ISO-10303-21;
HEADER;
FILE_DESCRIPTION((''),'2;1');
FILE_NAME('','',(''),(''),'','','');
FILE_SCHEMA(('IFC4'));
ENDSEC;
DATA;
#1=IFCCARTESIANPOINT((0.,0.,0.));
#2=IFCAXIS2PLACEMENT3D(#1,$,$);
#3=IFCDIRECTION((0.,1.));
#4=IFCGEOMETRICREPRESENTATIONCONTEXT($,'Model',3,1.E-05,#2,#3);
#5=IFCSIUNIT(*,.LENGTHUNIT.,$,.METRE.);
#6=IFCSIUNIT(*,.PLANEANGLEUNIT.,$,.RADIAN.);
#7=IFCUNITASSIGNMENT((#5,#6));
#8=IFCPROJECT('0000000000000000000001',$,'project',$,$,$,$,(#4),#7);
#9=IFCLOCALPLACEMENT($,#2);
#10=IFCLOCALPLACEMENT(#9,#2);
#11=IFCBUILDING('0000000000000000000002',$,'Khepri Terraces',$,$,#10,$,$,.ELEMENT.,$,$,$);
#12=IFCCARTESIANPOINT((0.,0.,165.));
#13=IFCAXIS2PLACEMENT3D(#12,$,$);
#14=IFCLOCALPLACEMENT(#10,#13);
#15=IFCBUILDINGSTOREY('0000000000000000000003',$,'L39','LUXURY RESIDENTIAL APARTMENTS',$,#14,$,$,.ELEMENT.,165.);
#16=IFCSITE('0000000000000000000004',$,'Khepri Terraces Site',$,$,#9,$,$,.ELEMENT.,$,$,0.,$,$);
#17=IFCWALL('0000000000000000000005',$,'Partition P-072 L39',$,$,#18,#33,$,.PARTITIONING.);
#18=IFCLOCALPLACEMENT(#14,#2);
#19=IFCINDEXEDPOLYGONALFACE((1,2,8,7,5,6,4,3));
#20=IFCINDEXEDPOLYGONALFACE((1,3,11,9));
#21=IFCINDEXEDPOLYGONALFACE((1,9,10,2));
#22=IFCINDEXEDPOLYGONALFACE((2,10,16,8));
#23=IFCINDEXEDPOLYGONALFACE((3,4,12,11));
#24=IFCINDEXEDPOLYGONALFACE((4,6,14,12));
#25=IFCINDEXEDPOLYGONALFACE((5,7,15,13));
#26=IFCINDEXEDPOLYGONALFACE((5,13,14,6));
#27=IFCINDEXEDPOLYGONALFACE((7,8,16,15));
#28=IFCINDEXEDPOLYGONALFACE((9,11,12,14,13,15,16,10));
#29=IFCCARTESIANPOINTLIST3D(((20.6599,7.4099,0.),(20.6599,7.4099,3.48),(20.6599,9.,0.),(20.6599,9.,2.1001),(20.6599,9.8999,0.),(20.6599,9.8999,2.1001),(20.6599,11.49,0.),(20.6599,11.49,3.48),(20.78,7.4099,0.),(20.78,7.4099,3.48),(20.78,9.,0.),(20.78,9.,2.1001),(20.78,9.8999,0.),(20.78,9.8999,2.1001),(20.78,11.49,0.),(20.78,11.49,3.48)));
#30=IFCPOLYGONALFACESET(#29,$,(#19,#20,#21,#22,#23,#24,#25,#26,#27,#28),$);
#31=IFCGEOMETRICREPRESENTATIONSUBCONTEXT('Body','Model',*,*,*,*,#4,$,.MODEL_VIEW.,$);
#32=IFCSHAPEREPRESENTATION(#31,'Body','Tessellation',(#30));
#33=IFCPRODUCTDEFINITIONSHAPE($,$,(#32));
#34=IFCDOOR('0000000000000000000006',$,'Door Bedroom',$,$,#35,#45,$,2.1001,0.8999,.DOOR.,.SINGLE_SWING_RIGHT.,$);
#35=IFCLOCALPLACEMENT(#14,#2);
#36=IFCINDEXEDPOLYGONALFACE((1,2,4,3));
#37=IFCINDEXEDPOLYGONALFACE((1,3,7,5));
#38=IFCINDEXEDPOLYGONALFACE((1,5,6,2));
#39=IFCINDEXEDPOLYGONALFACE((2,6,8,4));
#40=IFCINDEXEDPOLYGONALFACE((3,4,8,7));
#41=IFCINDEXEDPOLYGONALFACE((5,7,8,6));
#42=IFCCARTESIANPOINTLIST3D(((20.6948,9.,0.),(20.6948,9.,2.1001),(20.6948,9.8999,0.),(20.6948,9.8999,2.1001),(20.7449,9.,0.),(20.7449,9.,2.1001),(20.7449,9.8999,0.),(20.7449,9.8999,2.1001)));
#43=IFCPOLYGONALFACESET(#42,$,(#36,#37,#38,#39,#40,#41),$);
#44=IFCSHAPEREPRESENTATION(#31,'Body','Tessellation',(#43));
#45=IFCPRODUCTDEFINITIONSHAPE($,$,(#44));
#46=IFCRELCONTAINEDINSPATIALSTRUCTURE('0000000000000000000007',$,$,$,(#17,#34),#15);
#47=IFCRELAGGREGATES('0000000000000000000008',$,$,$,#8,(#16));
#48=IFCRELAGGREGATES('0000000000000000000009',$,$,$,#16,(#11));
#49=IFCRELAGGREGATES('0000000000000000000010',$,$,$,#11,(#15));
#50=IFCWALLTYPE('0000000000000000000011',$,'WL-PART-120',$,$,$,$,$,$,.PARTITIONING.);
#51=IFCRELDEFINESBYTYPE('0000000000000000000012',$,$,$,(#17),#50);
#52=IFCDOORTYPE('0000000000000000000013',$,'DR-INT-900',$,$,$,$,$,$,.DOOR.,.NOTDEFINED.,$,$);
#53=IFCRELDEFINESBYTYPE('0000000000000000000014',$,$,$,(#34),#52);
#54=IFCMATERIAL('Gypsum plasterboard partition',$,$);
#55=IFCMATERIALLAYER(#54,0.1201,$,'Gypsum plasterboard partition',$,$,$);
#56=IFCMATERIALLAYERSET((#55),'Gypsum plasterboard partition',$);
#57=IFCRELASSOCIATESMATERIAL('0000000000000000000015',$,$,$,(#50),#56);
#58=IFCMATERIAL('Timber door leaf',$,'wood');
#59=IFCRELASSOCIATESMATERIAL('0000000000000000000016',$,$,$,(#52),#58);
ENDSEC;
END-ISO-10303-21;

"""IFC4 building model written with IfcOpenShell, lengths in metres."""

from ifc_helpers import new_model, si_unit, direction, frame, frame_2d, origin, place, context, subcontext, project, spatial, rectangle, extrude, material, layer, layer_set, type_object, element, fill, save


model = new_model("IFC4")

# Units and contexts
model_context = context("Model", 3, precision=1e-05, world=origin(), true_north=direction((0.0, 1.0)))
body_context = subcontext(model_context, "Body", "Model", "MODEL_VIEW")
ifc_project = project(units=[si_unit("LENGTHUNIT", "METRE"), si_unit("PLANEANGLEUNIT", "RADIAN")], contexts=[model_context])

# Site, building, storey
site_placement = place(None, origin())
site = spatial("IfcSite", under=ifc_project, at=site_placement, Name="Khepri Terraces Site", CompositionType="ELEMENT", RefElevation=0.0)
building_placement = place(site_placement, origin())
building = spatial("IfcBuilding", under=site, at=building_placement, Name="Khepri Terraces", CompositionType="ELEMENT")
storey_placement = place(building_placement, frame((0.0, 0.0, 165.0)))
storey = spatial("IfcBuildingStorey", under=building, at=storey_placement, Name="L39", Description="LUXURY RESIDENTIAL APARTMENTS", CompositionType="ELEMENT", Elevation=165.0)

# Shared definitions
ifc_material_1 = material(Name="Gypsum plasterboard partition")
ifc_layer_1 = layer(ifc_material_1, 0.1201, Name="Gypsum plasterboard partition")
ifc_layer_set_1 = layer_set([ifc_layer_1], Name="Gypsum plasterboard partition")
wall_type_1 = type_object("IfcWallType", Name="WL-PART-120", PredefinedType="PARTITIONING", material=ifc_layer_set_1)

# Wall, opening, door
wall_1_placement = place(storey_placement, frame((20.72, 7.4099, 0.0), z_axis=(0.0, 0.0, 1.0), x_axis=(0.0, 1.0, 0.0)))
wall_1 = element("IfcWall", 1, at=wall_1_placement, inside=storey, type_object=wall_type_1, Name="Partition P-072 L39", PredefinedType="PARTITIONING", context=body_context, shape_type="SweptSolid", body=[
    extrude(rectangle(XDim=4.0801, YDim=0.1201, at=frame_2d((2.04, 0.0))), origin(), (0.0, 0.0, 1.0), 3.48),
])
opening_1_placement = place(wall_1_placement, frame((1.5901, 0.0, 0.0)))
opening_1 = element("IfcOpeningElement", 2, at=opening_1_placement, cuts=wall_1, PredefinedType="OPENING", context=body_context, shape_type="SweptSolid", body=[
    extrude(rectangle(XDim=0.8999, YDim=2.1001, at=frame_2d((0.45, 1.05))), frame((0.0, 0.0701, 0.0), z_axis=(0.0, -1.0, 0.0), x_axis=(1.0, 0.0, 0.0)), (0.0, 0.0, 1.0), 0.1401),
])
ifc_material_2 = material(Name="Timber door leaf", Category="wood")
door_type_1 = type_object("IfcDoorType", Name="DR-INT-900", OperationType="NOTDEFINED", PredefinedType="DOOR", material=ifc_material_2)
door_1_placement = place(opening_1_placement, frame((0.8999, 0.0, 0.0), z_axis=(0.0, 0.0, 1.0), x_axis=(-1.0, 0.0, 0.0)))
door_1 = element("IfcDoor", 3, at=door_1_placement, inside=storey, type_object=door_type_1, Name="Door Bedroom", OperationType="SINGLE_SWING_RIGHT", OverallHeight=2.1001, OverallWidth=0.8999, PredefinedType="DOOR", context=body_context, shape_type="SweptSolid", body=[
    extrude(rectangle(XDim=0.8999, YDim=2.1001, at=frame_2d((0.45, 1.05))), frame((0.0, 0.0249, 0.0), z_axis=(0.0, -1.0, 0.0), x_axis=(1.0, 0.0, 0.0)), (0.0, 0.0, 1.0), 0.05),
])
fill(opening_1, door_1)

save(model, "model.ifc")
